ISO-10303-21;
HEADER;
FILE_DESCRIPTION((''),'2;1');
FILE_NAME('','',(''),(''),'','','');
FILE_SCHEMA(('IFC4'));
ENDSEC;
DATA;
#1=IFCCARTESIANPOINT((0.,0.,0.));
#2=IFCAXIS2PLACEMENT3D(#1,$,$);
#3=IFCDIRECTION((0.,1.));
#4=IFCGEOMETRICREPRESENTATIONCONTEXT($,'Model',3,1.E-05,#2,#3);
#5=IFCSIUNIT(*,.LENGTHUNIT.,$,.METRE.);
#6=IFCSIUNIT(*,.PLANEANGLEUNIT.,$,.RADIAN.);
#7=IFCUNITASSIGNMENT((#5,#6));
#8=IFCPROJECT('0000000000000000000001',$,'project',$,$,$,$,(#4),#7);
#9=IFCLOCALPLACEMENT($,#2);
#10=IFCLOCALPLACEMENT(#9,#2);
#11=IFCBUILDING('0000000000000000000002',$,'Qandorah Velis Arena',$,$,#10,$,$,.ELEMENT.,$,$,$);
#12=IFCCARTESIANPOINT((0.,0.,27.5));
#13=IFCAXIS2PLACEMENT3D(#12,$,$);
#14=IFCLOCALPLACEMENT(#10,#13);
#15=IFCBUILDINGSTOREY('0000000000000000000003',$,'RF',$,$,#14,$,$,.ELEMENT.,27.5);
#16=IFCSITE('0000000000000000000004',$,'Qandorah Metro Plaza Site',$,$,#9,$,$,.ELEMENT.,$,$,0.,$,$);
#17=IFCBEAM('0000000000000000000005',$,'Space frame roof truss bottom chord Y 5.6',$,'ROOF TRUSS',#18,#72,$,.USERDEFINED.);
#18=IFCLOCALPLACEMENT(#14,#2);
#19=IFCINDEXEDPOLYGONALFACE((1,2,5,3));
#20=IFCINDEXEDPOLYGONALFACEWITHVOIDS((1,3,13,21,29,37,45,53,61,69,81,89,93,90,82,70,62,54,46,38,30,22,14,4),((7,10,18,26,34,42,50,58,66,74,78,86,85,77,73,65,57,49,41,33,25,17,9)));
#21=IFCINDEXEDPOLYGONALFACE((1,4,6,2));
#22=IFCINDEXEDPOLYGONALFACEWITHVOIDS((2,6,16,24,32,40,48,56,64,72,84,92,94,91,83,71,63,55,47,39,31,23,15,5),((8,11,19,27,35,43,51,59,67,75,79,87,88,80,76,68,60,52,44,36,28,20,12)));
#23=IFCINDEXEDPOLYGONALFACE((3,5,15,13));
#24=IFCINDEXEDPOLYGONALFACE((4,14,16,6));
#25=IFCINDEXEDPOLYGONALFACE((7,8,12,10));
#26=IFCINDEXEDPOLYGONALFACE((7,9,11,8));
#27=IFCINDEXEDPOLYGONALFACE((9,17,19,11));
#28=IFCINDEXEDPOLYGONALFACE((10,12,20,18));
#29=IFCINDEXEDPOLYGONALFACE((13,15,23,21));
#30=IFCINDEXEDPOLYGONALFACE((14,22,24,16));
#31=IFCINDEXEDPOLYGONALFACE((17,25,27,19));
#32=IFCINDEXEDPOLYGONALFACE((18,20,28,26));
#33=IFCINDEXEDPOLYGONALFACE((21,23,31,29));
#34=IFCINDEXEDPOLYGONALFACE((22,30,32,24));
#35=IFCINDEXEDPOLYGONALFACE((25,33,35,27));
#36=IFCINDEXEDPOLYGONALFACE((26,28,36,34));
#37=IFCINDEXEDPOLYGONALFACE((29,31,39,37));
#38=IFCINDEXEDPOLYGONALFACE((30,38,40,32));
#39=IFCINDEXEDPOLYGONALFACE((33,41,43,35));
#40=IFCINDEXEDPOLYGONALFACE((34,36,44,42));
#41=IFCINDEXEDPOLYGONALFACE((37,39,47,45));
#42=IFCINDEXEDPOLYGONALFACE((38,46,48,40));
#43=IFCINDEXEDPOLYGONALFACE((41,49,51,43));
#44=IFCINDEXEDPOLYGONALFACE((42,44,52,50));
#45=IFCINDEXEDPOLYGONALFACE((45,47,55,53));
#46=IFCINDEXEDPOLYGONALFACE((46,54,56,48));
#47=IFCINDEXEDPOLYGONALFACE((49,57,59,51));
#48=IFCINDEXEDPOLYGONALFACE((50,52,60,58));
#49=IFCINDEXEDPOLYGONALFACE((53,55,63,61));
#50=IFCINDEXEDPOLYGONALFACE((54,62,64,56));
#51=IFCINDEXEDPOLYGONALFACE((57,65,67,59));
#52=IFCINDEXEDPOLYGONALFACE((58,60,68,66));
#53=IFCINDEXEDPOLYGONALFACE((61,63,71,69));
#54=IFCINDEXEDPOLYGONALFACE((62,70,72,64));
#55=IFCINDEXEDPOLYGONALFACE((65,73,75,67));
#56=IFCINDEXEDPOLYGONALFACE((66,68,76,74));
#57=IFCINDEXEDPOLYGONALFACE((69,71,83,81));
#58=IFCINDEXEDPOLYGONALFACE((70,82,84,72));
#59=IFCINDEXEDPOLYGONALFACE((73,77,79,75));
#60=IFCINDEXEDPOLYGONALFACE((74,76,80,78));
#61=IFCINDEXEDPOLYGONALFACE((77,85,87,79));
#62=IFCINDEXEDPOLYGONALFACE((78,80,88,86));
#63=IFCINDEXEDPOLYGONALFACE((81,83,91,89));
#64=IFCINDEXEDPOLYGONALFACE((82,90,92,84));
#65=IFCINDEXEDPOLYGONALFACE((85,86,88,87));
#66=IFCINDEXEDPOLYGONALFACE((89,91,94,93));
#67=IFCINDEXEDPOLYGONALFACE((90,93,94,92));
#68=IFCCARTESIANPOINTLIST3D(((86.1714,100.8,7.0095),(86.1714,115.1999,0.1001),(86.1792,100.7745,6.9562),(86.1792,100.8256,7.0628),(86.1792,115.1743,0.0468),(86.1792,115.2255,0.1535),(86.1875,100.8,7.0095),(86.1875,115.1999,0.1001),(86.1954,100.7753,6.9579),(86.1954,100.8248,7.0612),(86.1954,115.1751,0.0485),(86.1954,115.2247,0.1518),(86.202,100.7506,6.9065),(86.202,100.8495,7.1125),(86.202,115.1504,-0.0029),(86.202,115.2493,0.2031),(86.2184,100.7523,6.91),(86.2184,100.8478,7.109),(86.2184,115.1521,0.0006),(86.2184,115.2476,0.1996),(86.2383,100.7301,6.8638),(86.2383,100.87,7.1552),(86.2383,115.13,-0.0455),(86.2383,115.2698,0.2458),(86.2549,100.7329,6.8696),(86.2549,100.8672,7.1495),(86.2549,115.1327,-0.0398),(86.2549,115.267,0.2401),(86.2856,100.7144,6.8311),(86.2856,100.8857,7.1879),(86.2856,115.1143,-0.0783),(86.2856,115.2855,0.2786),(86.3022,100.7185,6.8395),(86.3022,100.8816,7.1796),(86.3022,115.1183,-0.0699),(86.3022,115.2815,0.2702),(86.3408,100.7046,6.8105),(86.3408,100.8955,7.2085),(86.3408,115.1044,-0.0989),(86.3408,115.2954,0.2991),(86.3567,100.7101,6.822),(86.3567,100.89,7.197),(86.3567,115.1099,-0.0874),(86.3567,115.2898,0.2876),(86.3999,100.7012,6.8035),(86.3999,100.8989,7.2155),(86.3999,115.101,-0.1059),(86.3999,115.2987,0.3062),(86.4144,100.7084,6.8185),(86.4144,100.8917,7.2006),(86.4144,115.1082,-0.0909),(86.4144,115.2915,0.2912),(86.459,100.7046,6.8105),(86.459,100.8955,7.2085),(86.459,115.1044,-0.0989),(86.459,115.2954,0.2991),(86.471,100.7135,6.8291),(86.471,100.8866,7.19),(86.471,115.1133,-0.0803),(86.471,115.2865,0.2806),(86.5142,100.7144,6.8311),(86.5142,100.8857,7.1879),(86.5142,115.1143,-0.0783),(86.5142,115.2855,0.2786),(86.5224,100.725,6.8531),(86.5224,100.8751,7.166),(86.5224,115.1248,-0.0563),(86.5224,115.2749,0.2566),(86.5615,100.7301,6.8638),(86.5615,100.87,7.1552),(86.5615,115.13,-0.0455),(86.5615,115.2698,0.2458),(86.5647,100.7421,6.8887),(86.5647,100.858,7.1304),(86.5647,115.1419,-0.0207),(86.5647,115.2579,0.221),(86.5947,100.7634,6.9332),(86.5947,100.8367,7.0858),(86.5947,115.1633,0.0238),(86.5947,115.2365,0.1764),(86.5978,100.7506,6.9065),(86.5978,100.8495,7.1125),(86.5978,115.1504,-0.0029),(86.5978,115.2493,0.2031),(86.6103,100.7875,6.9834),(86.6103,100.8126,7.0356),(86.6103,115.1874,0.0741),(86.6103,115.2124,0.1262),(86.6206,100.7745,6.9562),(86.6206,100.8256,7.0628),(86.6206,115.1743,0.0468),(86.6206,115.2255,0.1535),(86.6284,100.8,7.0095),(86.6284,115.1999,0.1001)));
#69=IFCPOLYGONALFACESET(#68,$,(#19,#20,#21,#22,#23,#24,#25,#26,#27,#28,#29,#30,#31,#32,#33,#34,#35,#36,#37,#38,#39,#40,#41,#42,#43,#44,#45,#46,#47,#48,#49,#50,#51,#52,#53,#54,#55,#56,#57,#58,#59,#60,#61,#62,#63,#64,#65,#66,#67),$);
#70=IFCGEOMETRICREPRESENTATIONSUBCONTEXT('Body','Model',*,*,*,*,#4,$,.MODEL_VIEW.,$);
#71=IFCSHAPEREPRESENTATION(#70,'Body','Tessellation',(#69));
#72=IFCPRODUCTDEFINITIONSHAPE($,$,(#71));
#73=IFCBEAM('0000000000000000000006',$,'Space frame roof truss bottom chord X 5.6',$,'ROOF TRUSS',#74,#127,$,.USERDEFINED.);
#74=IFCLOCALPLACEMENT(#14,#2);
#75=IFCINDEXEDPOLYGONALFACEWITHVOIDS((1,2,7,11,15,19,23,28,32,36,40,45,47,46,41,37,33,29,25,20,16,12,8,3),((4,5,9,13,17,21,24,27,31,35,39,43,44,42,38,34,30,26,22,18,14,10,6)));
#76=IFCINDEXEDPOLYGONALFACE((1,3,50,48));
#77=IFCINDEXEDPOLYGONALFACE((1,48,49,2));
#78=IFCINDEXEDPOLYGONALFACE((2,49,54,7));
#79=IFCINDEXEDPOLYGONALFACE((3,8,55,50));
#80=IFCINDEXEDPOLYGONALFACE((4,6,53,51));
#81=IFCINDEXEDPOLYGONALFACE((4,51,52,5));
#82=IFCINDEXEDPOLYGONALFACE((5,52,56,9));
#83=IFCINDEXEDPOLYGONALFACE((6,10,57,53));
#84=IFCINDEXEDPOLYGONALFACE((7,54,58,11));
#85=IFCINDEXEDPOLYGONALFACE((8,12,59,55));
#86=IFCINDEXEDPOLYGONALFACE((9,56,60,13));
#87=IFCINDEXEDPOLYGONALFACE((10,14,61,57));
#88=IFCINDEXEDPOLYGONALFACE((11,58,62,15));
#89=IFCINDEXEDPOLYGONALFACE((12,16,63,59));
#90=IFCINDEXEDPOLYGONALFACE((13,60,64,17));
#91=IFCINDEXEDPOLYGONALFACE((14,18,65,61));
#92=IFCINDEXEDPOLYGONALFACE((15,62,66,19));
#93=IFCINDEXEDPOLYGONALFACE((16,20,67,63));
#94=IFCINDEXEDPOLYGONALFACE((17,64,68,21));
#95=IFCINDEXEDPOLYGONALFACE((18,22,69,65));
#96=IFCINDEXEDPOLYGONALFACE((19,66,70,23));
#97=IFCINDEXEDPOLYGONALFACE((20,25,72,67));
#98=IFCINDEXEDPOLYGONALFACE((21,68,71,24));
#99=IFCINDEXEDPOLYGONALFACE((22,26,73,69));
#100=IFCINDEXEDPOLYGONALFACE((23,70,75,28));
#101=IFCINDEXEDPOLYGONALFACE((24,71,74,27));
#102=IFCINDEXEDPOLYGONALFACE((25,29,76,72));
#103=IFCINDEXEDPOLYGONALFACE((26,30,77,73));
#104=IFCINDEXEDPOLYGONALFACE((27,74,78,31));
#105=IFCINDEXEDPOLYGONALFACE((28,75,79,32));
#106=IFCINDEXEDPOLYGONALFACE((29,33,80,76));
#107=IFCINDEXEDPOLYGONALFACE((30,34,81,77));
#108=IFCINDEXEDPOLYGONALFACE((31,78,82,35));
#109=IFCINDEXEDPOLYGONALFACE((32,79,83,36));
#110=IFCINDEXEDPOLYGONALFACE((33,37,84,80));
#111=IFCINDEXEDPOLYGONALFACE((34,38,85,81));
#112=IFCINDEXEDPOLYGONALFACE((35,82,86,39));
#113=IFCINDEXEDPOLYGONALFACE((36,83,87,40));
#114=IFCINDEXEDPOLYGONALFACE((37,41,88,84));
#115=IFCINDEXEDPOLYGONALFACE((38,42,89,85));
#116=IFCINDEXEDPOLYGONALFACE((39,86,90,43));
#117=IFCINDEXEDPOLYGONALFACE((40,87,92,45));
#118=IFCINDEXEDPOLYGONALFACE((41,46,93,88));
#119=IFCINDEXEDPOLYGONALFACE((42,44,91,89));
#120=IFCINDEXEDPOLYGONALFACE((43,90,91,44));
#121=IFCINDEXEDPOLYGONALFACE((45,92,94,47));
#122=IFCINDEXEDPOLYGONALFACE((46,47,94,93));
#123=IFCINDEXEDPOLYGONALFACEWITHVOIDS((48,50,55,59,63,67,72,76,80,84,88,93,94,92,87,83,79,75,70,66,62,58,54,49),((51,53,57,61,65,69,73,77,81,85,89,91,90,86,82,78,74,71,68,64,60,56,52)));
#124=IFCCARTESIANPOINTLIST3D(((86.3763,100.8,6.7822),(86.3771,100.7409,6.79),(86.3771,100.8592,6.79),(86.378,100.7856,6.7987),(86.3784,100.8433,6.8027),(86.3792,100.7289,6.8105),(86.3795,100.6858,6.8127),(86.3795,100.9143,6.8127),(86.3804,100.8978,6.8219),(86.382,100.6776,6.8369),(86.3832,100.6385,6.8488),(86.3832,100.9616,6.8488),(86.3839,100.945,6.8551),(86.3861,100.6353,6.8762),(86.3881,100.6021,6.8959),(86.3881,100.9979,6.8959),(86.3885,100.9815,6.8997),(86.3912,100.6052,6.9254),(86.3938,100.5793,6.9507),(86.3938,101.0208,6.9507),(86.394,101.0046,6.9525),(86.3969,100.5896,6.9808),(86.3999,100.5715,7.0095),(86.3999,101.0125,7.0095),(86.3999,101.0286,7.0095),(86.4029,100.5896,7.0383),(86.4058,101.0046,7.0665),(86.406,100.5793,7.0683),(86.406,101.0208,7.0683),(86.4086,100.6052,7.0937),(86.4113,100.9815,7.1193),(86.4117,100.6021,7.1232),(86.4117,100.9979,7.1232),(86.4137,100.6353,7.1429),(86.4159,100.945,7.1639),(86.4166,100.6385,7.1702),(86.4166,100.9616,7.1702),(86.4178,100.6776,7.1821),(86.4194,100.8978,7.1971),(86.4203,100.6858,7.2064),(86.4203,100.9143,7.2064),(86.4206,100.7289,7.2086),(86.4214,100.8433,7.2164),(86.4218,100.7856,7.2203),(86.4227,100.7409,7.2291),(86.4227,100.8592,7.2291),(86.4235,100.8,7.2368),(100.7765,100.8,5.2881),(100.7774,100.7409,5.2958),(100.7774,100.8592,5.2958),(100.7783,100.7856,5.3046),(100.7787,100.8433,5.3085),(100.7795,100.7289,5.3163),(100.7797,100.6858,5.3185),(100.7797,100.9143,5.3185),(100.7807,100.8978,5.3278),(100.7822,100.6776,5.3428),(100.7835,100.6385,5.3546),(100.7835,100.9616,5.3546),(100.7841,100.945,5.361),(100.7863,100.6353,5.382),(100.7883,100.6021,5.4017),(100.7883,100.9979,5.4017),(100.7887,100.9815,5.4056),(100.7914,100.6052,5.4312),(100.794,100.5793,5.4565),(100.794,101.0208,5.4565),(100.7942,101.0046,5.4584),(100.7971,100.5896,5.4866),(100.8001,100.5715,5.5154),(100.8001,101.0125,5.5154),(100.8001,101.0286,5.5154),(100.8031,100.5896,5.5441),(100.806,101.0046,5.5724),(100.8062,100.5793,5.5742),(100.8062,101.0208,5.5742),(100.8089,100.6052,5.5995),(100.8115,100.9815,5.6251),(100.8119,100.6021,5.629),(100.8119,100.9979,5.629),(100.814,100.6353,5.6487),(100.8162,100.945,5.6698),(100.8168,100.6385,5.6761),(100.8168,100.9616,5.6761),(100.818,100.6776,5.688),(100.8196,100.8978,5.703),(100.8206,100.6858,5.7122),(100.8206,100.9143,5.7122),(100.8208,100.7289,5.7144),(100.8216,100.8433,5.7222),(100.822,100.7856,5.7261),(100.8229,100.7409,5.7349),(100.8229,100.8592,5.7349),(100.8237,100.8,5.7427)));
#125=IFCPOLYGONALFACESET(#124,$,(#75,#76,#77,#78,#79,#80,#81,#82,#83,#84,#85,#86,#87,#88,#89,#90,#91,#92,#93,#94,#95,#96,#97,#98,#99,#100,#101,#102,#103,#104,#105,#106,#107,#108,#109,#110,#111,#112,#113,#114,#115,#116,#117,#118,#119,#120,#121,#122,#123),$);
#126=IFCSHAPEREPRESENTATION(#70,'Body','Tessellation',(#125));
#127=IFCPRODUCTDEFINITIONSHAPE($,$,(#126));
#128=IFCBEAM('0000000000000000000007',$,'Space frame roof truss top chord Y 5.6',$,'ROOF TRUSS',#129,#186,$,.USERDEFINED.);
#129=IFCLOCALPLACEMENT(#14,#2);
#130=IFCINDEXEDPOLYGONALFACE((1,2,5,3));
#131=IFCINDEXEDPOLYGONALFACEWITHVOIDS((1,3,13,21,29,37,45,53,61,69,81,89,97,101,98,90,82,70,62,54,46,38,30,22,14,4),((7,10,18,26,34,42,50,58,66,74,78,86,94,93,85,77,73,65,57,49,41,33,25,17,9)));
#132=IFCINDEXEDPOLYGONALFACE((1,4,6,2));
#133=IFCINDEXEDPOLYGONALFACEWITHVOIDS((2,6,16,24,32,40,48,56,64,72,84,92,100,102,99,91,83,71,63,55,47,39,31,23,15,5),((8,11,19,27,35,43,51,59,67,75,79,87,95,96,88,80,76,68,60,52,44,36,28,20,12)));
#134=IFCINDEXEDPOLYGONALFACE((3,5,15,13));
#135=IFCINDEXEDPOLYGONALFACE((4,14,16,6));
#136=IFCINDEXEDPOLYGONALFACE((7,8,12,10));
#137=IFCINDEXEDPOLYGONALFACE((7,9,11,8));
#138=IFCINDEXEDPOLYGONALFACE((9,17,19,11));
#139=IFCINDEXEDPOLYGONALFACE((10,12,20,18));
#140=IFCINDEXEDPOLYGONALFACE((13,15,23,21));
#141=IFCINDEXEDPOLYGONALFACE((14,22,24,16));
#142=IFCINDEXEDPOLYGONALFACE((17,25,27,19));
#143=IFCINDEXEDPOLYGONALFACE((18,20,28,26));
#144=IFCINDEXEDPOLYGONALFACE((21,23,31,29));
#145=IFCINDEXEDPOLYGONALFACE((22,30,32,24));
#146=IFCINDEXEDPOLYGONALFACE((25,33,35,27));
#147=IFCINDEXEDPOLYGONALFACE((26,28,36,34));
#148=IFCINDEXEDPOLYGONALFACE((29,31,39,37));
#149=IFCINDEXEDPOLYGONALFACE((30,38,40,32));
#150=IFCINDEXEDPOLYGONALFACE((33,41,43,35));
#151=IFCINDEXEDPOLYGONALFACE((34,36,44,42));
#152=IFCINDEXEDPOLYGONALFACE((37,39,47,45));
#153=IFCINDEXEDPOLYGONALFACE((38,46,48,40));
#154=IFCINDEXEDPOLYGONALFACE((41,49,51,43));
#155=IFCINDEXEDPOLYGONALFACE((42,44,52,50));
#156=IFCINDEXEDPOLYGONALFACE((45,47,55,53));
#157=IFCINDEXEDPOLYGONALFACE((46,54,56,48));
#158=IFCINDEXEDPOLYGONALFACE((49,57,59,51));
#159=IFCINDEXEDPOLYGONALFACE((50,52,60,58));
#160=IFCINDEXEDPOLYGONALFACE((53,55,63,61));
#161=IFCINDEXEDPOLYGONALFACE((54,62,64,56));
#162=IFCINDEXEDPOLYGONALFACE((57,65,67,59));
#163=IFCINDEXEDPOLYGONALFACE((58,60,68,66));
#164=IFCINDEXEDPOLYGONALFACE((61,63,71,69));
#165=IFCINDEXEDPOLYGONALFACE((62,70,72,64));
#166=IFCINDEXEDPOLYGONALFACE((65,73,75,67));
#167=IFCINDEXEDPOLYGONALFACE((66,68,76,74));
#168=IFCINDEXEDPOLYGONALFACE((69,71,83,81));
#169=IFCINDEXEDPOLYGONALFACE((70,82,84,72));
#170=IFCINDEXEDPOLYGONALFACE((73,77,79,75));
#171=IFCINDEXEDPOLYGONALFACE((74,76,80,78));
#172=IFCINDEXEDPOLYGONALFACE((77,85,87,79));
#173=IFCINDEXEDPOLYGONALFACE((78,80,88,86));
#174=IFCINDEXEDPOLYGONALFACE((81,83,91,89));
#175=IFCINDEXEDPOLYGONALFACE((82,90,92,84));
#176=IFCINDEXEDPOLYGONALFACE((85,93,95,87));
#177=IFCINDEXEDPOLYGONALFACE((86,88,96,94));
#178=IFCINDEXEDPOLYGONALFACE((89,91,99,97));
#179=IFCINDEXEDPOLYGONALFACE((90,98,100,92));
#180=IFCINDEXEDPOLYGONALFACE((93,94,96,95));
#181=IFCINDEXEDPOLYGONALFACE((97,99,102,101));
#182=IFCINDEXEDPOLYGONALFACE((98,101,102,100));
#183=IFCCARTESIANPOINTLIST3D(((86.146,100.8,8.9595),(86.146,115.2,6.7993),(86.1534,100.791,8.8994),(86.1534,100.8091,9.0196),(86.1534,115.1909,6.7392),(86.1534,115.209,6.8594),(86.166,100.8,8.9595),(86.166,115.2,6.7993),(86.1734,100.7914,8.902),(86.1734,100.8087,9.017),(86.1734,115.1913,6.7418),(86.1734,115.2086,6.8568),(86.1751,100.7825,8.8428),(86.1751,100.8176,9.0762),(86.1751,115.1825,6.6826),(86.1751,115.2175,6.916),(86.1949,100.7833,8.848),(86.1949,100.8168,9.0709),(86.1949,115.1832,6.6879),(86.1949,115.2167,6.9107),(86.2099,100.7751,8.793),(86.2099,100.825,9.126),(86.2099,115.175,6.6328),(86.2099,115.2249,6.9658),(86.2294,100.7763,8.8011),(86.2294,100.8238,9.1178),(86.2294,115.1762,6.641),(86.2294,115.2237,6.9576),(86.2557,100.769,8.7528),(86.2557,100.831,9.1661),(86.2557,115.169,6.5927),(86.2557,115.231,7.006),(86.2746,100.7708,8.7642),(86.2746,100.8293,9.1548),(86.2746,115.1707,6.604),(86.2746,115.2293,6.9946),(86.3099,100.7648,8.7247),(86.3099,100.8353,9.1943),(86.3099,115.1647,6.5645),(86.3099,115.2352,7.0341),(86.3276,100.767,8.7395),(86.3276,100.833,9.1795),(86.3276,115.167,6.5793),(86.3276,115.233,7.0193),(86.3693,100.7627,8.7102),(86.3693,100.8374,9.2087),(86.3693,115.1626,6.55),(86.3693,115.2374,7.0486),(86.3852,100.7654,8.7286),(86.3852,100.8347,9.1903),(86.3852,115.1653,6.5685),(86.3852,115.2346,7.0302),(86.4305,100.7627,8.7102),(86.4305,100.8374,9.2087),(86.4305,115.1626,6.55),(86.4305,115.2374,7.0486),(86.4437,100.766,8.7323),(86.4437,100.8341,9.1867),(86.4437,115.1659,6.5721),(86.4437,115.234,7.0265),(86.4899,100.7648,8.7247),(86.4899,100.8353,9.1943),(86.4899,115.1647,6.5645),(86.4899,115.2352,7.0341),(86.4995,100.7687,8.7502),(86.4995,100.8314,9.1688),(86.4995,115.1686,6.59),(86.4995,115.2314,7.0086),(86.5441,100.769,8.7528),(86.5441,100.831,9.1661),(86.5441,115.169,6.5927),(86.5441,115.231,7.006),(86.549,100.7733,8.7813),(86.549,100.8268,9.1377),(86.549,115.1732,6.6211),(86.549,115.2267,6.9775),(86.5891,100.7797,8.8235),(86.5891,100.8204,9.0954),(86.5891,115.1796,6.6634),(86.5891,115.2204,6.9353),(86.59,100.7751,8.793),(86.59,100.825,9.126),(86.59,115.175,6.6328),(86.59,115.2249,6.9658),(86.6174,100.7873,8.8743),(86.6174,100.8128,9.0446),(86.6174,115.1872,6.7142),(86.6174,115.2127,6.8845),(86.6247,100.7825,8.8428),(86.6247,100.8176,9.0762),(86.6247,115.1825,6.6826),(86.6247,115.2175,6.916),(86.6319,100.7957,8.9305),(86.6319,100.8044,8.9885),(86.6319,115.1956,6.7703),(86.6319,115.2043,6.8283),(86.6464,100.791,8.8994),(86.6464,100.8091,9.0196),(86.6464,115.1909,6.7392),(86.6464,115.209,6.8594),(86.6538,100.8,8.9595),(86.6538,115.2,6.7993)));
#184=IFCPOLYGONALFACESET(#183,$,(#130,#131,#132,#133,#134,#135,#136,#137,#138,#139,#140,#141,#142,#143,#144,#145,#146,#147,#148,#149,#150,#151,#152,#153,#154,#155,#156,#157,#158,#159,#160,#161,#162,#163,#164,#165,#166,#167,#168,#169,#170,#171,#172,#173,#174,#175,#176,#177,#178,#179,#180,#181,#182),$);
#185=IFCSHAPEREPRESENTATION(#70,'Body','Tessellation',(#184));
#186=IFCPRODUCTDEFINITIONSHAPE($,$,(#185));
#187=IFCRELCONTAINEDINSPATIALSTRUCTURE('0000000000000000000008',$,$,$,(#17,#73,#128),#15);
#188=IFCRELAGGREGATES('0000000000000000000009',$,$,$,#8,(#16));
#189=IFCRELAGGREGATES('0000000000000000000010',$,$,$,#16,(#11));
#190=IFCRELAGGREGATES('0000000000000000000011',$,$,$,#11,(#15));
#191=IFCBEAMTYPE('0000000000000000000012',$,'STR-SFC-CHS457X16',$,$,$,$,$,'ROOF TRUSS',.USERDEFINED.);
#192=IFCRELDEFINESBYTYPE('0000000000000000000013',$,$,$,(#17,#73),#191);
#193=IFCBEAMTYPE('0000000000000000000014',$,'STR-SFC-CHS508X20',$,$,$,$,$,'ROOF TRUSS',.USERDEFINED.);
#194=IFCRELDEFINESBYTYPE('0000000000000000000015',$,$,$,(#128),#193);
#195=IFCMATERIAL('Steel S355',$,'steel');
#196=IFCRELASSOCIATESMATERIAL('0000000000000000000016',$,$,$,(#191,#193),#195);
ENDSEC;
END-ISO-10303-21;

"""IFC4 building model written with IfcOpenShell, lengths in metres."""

from ifc_helpers import new_model, si_unit, direction, frame, origin, origin_2d, place, context, subcontext, project, spatial, hollow_circle, extrude, material, material_profile, profile_set, type_object, element, save


model = new_model("IFC4")

# Units and contexts
model_context = context("Model", 3, precision=1e-05, world=origin(), true_north=direction((0.0, 1.0)))
body_context = subcontext(model_context, "Body", "Model", "MODEL_VIEW")
ifc_project = project(units=[si_unit("LENGTHUNIT", "METRE"), si_unit("PLANEANGLEUNIT", "RADIAN")], contexts=[model_context])

# Site, building, storey
site_placement = place(None, origin())
site = spatial("IfcSite", under=ifc_project, at=site_placement, Name="Qandorah Metro Plaza Site", CompositionType="ELEMENT", RefElevation=0.0)
building_placement = place(site_placement, origin())
building = spatial("IfcBuilding", under=site, at=building_placement, Name="Qandorah Velis Arena", CompositionType="ELEMENT")
storey_placement = place(building_placement, frame((0.0, 0.0, 27.5)))
storey = spatial("IfcBuildingStorey", under=building, at=storey_placement, Name="RF", CompositionType="ELEMENT", Elevation=27.5)

# Beams
ifc_material_1 = material(Name="Steel S355", Category="steel")
ifc_material_profile_1 = material_profile(ifc_material_1, hollow_circle(Radius=0.2285, WallThickness=0.0161, at=origin_2d()), Name="CHS 457x16")
ifc_profile_set_1 = profile_set([ifc_material_profile_1], Name="Steel S355")
beam_type_1 = type_object("IfcBeamType", Name="STR-SFC-CHS457X16", ElementType="ROOF TRUSS", PredefinedType="USERDEFINED", material=ifc_profile_set_1)
beam_1_placement = place(storey_placement, frame((86.3999, 100.8, 7.0095), z_axis=(0.0, 0.901585, -0.432602), x_axis=(-1.0, 0.0, 0.0)))
element("IfcBeam", 1, at=beam_1_placement, inside=storey, type_object=beam_type_1, Name="Space frame roof truss bottom chord Y 5.6", ObjectType="ROOF TRUSS", PredefinedType="USERDEFINED", context=body_context, shape_type="SweptSolid", body=[
    extrude(hollow_circle(Radius=0.2285, WallThickness=0.0161, at=origin_2d()), origin(), (0.0, 0.0, 1.0), 15.9717),
])
beam_2_placement = place(storey_placement, frame((86.3999, 100.8, 7.0095), z_axis=(0.99466, 0.0, -0.103205), x_axis=(0.0, 1.0, 0.0)))
element("IfcBeam", 2, at=beam_2_placement, inside=storey, type_object=beam_type_1, Name="Space frame roof truss bottom chord X 5.6", ObjectType="ROOF TRUSS", PredefinedType="USERDEFINED", context=body_context, shape_type="SweptSolid", body=[
    extrude(hollow_circle(Radius=0.2285, WallThickness=0.0161, at=origin_2d()), origin(), (0.0, 0.0, 1.0), 14.4775),
])
ifc_material_profile_2 = material_profile(ifc_material_1, hollow_circle(Radius=0.2539, WallThickness=0.02, at=origin_2d()), Name="CHS 508x20")
ifc_profile_set_2 = profile_set([ifc_material_profile_2], Name="Steel S355")
beam_type_2 = type_object("IfcBeamType", Name="STR-SFC-CHS508X20", ElementType="ROOF TRUSS", PredefinedType="USERDEFINED", material=ifc_profile_set_2)
beam_3_placement = place(storey_placement, frame((86.3999, 100.8, 8.9595), z_axis=(0.0, 0.988935, -0.148352), x_axis=(-1.0, 0.0, 0.0)))
element("IfcBeam", 3, at=beam_3_placement, inside=storey, type_object=beam_type_2, Name="Space frame roof truss top chord Y 5.6", ObjectType="ROOF TRUSS", PredefinedType="USERDEFINED", context=body_context, shape_type="SweptSolid", body=[
    extrude(hollow_circle(Radius=0.2539, WallThickness=0.02, at=origin_2d()), origin(), (0.0, 0.0, 1.0), 14.561),
])

save(model, "model.ifc")
